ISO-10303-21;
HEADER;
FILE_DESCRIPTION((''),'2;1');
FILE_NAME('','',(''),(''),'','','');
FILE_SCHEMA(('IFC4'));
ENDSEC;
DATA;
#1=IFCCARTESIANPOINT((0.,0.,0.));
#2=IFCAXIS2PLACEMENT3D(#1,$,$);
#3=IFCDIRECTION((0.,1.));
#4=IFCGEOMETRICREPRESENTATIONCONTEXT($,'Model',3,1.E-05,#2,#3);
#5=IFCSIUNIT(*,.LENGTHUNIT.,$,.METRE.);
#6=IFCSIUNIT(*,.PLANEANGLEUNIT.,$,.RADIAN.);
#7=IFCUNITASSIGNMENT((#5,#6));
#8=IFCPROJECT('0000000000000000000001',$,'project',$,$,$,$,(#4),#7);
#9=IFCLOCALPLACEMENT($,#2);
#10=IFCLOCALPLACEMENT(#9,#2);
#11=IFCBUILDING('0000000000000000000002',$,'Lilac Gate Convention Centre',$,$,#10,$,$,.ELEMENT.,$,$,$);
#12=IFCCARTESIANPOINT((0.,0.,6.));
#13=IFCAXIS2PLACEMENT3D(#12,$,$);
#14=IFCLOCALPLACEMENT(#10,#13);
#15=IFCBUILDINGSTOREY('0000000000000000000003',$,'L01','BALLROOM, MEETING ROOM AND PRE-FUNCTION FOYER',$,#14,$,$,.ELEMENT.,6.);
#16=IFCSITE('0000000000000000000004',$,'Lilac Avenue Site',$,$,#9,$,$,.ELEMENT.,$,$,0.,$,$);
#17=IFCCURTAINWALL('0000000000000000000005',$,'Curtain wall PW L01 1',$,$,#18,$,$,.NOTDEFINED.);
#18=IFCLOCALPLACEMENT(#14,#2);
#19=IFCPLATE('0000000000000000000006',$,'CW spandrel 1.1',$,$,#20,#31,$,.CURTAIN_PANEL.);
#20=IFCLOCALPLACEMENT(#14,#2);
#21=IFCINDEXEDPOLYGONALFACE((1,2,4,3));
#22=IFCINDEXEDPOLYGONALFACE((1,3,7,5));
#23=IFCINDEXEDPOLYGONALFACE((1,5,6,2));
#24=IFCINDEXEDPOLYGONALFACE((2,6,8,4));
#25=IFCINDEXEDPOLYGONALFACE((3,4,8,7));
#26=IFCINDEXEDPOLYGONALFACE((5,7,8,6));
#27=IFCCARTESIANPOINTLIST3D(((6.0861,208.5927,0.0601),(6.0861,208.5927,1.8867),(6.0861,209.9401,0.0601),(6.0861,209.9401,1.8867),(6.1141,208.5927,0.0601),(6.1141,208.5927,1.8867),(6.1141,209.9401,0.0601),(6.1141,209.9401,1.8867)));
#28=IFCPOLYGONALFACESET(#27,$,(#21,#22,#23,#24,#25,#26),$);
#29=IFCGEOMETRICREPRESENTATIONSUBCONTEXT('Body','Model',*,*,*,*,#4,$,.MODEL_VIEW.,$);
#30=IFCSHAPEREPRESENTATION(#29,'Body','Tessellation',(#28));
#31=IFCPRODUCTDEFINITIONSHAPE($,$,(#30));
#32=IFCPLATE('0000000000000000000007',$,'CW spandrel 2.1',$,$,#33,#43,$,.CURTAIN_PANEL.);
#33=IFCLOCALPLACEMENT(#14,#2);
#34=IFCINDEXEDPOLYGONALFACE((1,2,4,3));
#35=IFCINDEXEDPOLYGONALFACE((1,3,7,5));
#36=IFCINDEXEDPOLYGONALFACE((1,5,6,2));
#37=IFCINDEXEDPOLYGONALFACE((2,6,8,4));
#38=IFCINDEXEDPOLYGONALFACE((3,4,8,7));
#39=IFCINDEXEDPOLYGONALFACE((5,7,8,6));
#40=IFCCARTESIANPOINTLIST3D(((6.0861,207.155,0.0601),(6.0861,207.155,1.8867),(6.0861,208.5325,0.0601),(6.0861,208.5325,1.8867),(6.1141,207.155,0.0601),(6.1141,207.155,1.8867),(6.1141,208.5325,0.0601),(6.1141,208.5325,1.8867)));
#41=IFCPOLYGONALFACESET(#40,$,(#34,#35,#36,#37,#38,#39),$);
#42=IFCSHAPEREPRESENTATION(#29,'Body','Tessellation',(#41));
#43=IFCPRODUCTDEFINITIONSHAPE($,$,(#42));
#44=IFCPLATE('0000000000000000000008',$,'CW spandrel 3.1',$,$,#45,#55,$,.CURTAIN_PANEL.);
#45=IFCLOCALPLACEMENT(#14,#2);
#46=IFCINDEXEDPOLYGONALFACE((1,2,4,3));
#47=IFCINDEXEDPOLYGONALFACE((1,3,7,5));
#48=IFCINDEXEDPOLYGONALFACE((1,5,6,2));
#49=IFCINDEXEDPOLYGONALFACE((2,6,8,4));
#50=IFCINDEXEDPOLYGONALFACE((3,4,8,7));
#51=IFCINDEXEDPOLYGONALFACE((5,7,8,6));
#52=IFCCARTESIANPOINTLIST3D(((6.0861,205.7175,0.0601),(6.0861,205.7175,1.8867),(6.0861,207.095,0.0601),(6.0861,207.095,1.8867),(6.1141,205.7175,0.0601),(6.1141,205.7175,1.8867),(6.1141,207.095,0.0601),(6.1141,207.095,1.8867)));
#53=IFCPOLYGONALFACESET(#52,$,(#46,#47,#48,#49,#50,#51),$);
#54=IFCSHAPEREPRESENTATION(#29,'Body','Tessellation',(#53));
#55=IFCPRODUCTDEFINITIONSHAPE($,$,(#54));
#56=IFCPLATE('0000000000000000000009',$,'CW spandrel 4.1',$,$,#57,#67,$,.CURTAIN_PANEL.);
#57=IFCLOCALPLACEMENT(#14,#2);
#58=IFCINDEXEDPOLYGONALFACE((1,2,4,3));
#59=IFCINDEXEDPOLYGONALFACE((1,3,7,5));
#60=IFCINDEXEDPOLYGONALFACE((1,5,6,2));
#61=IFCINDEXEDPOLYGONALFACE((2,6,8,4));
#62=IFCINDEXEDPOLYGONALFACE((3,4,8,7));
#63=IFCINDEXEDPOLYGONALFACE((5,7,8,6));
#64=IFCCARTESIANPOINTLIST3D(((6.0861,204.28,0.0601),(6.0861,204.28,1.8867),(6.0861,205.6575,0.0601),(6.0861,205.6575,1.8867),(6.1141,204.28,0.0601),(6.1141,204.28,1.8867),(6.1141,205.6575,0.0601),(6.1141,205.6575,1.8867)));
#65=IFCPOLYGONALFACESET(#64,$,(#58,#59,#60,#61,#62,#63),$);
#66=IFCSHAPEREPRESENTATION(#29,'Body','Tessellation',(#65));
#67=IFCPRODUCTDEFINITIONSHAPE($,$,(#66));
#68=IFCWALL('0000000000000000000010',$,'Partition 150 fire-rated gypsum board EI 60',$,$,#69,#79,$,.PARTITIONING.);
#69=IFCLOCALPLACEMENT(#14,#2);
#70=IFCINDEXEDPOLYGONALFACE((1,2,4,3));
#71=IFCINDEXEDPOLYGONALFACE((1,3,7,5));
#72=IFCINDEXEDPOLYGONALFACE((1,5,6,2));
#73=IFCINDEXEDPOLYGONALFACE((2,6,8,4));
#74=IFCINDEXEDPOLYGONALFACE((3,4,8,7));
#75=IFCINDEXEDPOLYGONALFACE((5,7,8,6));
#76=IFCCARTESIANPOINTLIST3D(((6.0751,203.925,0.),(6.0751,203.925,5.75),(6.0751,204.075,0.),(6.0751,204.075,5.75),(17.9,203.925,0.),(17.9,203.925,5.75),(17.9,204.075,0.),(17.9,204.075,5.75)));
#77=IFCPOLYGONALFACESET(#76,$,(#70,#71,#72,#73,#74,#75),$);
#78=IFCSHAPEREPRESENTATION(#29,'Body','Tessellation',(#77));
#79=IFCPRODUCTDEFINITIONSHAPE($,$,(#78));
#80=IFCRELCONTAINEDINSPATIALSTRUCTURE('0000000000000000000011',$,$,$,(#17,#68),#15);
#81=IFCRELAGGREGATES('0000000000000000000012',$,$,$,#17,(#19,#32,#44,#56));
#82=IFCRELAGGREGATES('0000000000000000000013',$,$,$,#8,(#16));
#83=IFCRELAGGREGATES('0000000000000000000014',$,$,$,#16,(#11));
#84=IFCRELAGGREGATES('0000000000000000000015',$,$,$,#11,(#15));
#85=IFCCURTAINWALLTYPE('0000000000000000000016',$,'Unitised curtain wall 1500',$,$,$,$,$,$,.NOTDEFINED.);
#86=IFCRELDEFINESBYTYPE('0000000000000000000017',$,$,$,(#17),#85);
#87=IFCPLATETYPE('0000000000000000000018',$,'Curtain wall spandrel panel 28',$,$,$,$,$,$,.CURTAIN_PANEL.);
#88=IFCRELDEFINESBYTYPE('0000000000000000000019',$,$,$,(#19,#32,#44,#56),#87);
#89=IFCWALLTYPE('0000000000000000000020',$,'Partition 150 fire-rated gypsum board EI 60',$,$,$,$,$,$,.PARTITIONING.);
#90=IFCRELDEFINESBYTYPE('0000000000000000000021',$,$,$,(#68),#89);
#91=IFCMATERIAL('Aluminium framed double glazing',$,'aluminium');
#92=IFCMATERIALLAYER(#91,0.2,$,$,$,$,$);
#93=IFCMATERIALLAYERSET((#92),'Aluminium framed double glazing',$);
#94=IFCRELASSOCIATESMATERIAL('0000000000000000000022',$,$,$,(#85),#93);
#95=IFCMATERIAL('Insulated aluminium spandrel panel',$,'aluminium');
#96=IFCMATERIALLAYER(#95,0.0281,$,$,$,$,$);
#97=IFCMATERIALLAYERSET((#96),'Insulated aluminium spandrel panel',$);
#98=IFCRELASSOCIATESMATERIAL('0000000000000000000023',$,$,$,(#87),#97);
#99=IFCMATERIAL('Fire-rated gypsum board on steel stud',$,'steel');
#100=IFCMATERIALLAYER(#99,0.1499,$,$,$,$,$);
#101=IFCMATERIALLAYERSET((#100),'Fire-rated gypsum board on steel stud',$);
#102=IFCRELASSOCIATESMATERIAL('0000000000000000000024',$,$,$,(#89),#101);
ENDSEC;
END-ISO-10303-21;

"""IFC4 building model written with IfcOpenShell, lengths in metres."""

from ifc_helpers import new_model, si_unit, direction, frame, frame_2d, origin, origin_2d, place, context, subcontext, project, spatial, rectangle, extrude, material, layer, layer_set, type_object, element, aggregate, save


model = new_model("IFC4")

# Units and contexts
model_context = context("Model", 3, precision=1e-05, world=origin(), true_north=direction((0.0, 1.0)))
body_context = subcontext(model_context, "Body", "Model", "MODEL_VIEW")
ifc_project = project(units=[si_unit("LENGTHUNIT", "METRE"), si_unit("PLANEANGLEUNIT", "RADIAN")], contexts=[model_context])

# Site, building, storey
site_placement = place(None, origin())
site = spatial("IfcSite", under=ifc_project, at=site_placement, Name="Lilac Avenue Site", CompositionType="ELEMENT", RefElevation=0.0)
building_placement = place(site_placement, origin())
building = spatial("IfcBuilding", under=site, at=building_placement, Name="Lilac Gate Convention Centre", CompositionType="ELEMENT")
storey_placement = place(building_placement, frame((0.0, 0.0, 6.0)))
storey = spatial("IfcBuildingStorey", under=building, at=storey_placement, Name="L01", Description="BALLROOM, MEETING ROOM AND PRE-FUNCTION FOYER", CompositionType="ELEMENT", Elevation=6.0)

# Curtain wall
ifc_material_1 = material(Name="Aluminium framed double glazing", Category="aluminium")
ifc_layer_1 = layer(ifc_material_1, 0.2)
ifc_layer_set_1 = layer_set([ifc_layer_1], Name="Aluminium framed double glazing")
curtain_wall_type = type_object("IfcCurtainWallType", Name="Unitised curtain wall 1500", PredefinedType="NOTDEFINED", material=ifc_layer_set_1)
curtain_wall_placement = place(storey_placement, origin())
curtain_wall = element("IfcCurtainWall", 1, at=curtain_wall_placement, inside=storey, type_object=curtain_wall_type, Name="Curtain wall PW L01 1", PredefinedType="NOTDEFINED")

# Plates
ifc_material_2 = material(Name="Insulated aluminium spandrel panel", Category="aluminium")
ifc_layer_2 = layer(ifc_material_2, 0.0281)
ifc_layer_set_2 = layer_set([ifc_layer_2], Name="Insulated aluminium spandrel panel")
plate_type_1 = type_object("IfcPlateType", Name="Curtain wall spandrel panel 28", PredefinedType="CURTAIN_PANEL", material=ifc_layer_set_2)
plate_1_placement = place(storey_placement, frame((6.1001, 209.2664, 0.0601), z_axis=(0.0, 0.0, 1.0), x_axis=(0.0, -1.0, 0.0)))
plate_1 = element("IfcPlate", 2, at=plate_1_placement, type_object=plate_type_1, Name="CW spandrel 1.1", PredefinedType="CURTAIN_PANEL", context=body_context, shape_type="SweptSolid", body=[
    extrude(rectangle(XDim=1.3474, YDim=0.0281, at=origin_2d()), origin(), (0.0, 0.0, 1.0), 1.8267),
])
plate_2_placement = place(storey_placement, frame((6.1001, 207.8438, 0.0601), z_axis=(0.0, 0.0, 1.0), x_axis=(0.0, -1.0, 0.0)))
plate_2 = element("IfcPlate", 3, at=plate_2_placement, type_object=plate_type_1, Name="CW spandrel 2.1", PredefinedType="CURTAIN_PANEL", context=body_context, shape_type="SweptSolid", body=[
    extrude(rectangle(XDim=1.3774, YDim=0.0281, at=origin_2d()), origin(), (0.0, 0.0, 1.0), 1.8267),
])
plate_3_placement = place(storey_placement, frame((6.1001, 206.4062, 0.0601), z_axis=(0.0, 0.0, 1.0), x_axis=(0.0, -1.0, 0.0)))
plate_3 = element("IfcPlate", 4, at=plate_3_placement, type_object=plate_type_1, Name="CW spandrel 3.1", PredefinedType="CURTAIN_PANEL", context=body_context, shape_type="SweptSolid", body=[
    extrude(rectangle(XDim=1.3774, YDim=0.0281, at=origin_2d()), origin(), (0.0, 0.0, 1.0), 1.8267),
])
plate_4_placement = place(storey_placement, frame((6.1001, 204.9688, 0.0601), z_axis=(0.0, 0.0, 1.0), x_axis=(0.0, -1.0, 0.0)))
plate_4 = element("IfcPlate", 5, at=plate_4_placement, type_object=plate_type_1, Name="CW spandrel 4.1", PredefinedType="CURTAIN_PANEL", context=body_context, shape_type="SweptSolid", body=[
    extrude(rectangle(XDim=1.3774, YDim=0.0281, at=origin_2d()), origin(), (0.0, 0.0, 1.0), 1.8267),
])
aggregate(curtain_wall, [plate_1, plate_2, plate_3, plate_4])

# Wall
ifc_material_3 = material(Name="Fire-rated gypsum board on steel stud", Category="steel")
ifc_layer_3 = layer(ifc_material_3, 0.1499)
ifc_layer_set_3 = layer_set([ifc_layer_3], Name="Fire-rated gypsum board on steel stud")
wall_type = type_object("IfcWallType", Name="Partition 150 fire-rated gypsum board EI 60", PredefinedType="PARTITIONING", material=ifc_layer_set_3)
wall_placement = place(storey_placement, frame((6.075, 204.0, 0.0), z_axis=(0.0, 0.0, 1.0), x_axis=(1.0, 0.0, 0.0)))
element("IfcWall", 6, at=wall_placement, inside=storey, type_object=wall_type, Name="Partition 150 fire-rated gypsum board EI 60", PredefinedType="PARTITIONING", context=body_context, shape_type="SweptSolid", body=[
    extrude(rectangle(XDim=11.825, YDim=0.1499, at=frame_2d((5.9126, 0.0))), origin(), (0.0, 0.0, 1.0), 5.75),
])

save(model, "model.ifc")
